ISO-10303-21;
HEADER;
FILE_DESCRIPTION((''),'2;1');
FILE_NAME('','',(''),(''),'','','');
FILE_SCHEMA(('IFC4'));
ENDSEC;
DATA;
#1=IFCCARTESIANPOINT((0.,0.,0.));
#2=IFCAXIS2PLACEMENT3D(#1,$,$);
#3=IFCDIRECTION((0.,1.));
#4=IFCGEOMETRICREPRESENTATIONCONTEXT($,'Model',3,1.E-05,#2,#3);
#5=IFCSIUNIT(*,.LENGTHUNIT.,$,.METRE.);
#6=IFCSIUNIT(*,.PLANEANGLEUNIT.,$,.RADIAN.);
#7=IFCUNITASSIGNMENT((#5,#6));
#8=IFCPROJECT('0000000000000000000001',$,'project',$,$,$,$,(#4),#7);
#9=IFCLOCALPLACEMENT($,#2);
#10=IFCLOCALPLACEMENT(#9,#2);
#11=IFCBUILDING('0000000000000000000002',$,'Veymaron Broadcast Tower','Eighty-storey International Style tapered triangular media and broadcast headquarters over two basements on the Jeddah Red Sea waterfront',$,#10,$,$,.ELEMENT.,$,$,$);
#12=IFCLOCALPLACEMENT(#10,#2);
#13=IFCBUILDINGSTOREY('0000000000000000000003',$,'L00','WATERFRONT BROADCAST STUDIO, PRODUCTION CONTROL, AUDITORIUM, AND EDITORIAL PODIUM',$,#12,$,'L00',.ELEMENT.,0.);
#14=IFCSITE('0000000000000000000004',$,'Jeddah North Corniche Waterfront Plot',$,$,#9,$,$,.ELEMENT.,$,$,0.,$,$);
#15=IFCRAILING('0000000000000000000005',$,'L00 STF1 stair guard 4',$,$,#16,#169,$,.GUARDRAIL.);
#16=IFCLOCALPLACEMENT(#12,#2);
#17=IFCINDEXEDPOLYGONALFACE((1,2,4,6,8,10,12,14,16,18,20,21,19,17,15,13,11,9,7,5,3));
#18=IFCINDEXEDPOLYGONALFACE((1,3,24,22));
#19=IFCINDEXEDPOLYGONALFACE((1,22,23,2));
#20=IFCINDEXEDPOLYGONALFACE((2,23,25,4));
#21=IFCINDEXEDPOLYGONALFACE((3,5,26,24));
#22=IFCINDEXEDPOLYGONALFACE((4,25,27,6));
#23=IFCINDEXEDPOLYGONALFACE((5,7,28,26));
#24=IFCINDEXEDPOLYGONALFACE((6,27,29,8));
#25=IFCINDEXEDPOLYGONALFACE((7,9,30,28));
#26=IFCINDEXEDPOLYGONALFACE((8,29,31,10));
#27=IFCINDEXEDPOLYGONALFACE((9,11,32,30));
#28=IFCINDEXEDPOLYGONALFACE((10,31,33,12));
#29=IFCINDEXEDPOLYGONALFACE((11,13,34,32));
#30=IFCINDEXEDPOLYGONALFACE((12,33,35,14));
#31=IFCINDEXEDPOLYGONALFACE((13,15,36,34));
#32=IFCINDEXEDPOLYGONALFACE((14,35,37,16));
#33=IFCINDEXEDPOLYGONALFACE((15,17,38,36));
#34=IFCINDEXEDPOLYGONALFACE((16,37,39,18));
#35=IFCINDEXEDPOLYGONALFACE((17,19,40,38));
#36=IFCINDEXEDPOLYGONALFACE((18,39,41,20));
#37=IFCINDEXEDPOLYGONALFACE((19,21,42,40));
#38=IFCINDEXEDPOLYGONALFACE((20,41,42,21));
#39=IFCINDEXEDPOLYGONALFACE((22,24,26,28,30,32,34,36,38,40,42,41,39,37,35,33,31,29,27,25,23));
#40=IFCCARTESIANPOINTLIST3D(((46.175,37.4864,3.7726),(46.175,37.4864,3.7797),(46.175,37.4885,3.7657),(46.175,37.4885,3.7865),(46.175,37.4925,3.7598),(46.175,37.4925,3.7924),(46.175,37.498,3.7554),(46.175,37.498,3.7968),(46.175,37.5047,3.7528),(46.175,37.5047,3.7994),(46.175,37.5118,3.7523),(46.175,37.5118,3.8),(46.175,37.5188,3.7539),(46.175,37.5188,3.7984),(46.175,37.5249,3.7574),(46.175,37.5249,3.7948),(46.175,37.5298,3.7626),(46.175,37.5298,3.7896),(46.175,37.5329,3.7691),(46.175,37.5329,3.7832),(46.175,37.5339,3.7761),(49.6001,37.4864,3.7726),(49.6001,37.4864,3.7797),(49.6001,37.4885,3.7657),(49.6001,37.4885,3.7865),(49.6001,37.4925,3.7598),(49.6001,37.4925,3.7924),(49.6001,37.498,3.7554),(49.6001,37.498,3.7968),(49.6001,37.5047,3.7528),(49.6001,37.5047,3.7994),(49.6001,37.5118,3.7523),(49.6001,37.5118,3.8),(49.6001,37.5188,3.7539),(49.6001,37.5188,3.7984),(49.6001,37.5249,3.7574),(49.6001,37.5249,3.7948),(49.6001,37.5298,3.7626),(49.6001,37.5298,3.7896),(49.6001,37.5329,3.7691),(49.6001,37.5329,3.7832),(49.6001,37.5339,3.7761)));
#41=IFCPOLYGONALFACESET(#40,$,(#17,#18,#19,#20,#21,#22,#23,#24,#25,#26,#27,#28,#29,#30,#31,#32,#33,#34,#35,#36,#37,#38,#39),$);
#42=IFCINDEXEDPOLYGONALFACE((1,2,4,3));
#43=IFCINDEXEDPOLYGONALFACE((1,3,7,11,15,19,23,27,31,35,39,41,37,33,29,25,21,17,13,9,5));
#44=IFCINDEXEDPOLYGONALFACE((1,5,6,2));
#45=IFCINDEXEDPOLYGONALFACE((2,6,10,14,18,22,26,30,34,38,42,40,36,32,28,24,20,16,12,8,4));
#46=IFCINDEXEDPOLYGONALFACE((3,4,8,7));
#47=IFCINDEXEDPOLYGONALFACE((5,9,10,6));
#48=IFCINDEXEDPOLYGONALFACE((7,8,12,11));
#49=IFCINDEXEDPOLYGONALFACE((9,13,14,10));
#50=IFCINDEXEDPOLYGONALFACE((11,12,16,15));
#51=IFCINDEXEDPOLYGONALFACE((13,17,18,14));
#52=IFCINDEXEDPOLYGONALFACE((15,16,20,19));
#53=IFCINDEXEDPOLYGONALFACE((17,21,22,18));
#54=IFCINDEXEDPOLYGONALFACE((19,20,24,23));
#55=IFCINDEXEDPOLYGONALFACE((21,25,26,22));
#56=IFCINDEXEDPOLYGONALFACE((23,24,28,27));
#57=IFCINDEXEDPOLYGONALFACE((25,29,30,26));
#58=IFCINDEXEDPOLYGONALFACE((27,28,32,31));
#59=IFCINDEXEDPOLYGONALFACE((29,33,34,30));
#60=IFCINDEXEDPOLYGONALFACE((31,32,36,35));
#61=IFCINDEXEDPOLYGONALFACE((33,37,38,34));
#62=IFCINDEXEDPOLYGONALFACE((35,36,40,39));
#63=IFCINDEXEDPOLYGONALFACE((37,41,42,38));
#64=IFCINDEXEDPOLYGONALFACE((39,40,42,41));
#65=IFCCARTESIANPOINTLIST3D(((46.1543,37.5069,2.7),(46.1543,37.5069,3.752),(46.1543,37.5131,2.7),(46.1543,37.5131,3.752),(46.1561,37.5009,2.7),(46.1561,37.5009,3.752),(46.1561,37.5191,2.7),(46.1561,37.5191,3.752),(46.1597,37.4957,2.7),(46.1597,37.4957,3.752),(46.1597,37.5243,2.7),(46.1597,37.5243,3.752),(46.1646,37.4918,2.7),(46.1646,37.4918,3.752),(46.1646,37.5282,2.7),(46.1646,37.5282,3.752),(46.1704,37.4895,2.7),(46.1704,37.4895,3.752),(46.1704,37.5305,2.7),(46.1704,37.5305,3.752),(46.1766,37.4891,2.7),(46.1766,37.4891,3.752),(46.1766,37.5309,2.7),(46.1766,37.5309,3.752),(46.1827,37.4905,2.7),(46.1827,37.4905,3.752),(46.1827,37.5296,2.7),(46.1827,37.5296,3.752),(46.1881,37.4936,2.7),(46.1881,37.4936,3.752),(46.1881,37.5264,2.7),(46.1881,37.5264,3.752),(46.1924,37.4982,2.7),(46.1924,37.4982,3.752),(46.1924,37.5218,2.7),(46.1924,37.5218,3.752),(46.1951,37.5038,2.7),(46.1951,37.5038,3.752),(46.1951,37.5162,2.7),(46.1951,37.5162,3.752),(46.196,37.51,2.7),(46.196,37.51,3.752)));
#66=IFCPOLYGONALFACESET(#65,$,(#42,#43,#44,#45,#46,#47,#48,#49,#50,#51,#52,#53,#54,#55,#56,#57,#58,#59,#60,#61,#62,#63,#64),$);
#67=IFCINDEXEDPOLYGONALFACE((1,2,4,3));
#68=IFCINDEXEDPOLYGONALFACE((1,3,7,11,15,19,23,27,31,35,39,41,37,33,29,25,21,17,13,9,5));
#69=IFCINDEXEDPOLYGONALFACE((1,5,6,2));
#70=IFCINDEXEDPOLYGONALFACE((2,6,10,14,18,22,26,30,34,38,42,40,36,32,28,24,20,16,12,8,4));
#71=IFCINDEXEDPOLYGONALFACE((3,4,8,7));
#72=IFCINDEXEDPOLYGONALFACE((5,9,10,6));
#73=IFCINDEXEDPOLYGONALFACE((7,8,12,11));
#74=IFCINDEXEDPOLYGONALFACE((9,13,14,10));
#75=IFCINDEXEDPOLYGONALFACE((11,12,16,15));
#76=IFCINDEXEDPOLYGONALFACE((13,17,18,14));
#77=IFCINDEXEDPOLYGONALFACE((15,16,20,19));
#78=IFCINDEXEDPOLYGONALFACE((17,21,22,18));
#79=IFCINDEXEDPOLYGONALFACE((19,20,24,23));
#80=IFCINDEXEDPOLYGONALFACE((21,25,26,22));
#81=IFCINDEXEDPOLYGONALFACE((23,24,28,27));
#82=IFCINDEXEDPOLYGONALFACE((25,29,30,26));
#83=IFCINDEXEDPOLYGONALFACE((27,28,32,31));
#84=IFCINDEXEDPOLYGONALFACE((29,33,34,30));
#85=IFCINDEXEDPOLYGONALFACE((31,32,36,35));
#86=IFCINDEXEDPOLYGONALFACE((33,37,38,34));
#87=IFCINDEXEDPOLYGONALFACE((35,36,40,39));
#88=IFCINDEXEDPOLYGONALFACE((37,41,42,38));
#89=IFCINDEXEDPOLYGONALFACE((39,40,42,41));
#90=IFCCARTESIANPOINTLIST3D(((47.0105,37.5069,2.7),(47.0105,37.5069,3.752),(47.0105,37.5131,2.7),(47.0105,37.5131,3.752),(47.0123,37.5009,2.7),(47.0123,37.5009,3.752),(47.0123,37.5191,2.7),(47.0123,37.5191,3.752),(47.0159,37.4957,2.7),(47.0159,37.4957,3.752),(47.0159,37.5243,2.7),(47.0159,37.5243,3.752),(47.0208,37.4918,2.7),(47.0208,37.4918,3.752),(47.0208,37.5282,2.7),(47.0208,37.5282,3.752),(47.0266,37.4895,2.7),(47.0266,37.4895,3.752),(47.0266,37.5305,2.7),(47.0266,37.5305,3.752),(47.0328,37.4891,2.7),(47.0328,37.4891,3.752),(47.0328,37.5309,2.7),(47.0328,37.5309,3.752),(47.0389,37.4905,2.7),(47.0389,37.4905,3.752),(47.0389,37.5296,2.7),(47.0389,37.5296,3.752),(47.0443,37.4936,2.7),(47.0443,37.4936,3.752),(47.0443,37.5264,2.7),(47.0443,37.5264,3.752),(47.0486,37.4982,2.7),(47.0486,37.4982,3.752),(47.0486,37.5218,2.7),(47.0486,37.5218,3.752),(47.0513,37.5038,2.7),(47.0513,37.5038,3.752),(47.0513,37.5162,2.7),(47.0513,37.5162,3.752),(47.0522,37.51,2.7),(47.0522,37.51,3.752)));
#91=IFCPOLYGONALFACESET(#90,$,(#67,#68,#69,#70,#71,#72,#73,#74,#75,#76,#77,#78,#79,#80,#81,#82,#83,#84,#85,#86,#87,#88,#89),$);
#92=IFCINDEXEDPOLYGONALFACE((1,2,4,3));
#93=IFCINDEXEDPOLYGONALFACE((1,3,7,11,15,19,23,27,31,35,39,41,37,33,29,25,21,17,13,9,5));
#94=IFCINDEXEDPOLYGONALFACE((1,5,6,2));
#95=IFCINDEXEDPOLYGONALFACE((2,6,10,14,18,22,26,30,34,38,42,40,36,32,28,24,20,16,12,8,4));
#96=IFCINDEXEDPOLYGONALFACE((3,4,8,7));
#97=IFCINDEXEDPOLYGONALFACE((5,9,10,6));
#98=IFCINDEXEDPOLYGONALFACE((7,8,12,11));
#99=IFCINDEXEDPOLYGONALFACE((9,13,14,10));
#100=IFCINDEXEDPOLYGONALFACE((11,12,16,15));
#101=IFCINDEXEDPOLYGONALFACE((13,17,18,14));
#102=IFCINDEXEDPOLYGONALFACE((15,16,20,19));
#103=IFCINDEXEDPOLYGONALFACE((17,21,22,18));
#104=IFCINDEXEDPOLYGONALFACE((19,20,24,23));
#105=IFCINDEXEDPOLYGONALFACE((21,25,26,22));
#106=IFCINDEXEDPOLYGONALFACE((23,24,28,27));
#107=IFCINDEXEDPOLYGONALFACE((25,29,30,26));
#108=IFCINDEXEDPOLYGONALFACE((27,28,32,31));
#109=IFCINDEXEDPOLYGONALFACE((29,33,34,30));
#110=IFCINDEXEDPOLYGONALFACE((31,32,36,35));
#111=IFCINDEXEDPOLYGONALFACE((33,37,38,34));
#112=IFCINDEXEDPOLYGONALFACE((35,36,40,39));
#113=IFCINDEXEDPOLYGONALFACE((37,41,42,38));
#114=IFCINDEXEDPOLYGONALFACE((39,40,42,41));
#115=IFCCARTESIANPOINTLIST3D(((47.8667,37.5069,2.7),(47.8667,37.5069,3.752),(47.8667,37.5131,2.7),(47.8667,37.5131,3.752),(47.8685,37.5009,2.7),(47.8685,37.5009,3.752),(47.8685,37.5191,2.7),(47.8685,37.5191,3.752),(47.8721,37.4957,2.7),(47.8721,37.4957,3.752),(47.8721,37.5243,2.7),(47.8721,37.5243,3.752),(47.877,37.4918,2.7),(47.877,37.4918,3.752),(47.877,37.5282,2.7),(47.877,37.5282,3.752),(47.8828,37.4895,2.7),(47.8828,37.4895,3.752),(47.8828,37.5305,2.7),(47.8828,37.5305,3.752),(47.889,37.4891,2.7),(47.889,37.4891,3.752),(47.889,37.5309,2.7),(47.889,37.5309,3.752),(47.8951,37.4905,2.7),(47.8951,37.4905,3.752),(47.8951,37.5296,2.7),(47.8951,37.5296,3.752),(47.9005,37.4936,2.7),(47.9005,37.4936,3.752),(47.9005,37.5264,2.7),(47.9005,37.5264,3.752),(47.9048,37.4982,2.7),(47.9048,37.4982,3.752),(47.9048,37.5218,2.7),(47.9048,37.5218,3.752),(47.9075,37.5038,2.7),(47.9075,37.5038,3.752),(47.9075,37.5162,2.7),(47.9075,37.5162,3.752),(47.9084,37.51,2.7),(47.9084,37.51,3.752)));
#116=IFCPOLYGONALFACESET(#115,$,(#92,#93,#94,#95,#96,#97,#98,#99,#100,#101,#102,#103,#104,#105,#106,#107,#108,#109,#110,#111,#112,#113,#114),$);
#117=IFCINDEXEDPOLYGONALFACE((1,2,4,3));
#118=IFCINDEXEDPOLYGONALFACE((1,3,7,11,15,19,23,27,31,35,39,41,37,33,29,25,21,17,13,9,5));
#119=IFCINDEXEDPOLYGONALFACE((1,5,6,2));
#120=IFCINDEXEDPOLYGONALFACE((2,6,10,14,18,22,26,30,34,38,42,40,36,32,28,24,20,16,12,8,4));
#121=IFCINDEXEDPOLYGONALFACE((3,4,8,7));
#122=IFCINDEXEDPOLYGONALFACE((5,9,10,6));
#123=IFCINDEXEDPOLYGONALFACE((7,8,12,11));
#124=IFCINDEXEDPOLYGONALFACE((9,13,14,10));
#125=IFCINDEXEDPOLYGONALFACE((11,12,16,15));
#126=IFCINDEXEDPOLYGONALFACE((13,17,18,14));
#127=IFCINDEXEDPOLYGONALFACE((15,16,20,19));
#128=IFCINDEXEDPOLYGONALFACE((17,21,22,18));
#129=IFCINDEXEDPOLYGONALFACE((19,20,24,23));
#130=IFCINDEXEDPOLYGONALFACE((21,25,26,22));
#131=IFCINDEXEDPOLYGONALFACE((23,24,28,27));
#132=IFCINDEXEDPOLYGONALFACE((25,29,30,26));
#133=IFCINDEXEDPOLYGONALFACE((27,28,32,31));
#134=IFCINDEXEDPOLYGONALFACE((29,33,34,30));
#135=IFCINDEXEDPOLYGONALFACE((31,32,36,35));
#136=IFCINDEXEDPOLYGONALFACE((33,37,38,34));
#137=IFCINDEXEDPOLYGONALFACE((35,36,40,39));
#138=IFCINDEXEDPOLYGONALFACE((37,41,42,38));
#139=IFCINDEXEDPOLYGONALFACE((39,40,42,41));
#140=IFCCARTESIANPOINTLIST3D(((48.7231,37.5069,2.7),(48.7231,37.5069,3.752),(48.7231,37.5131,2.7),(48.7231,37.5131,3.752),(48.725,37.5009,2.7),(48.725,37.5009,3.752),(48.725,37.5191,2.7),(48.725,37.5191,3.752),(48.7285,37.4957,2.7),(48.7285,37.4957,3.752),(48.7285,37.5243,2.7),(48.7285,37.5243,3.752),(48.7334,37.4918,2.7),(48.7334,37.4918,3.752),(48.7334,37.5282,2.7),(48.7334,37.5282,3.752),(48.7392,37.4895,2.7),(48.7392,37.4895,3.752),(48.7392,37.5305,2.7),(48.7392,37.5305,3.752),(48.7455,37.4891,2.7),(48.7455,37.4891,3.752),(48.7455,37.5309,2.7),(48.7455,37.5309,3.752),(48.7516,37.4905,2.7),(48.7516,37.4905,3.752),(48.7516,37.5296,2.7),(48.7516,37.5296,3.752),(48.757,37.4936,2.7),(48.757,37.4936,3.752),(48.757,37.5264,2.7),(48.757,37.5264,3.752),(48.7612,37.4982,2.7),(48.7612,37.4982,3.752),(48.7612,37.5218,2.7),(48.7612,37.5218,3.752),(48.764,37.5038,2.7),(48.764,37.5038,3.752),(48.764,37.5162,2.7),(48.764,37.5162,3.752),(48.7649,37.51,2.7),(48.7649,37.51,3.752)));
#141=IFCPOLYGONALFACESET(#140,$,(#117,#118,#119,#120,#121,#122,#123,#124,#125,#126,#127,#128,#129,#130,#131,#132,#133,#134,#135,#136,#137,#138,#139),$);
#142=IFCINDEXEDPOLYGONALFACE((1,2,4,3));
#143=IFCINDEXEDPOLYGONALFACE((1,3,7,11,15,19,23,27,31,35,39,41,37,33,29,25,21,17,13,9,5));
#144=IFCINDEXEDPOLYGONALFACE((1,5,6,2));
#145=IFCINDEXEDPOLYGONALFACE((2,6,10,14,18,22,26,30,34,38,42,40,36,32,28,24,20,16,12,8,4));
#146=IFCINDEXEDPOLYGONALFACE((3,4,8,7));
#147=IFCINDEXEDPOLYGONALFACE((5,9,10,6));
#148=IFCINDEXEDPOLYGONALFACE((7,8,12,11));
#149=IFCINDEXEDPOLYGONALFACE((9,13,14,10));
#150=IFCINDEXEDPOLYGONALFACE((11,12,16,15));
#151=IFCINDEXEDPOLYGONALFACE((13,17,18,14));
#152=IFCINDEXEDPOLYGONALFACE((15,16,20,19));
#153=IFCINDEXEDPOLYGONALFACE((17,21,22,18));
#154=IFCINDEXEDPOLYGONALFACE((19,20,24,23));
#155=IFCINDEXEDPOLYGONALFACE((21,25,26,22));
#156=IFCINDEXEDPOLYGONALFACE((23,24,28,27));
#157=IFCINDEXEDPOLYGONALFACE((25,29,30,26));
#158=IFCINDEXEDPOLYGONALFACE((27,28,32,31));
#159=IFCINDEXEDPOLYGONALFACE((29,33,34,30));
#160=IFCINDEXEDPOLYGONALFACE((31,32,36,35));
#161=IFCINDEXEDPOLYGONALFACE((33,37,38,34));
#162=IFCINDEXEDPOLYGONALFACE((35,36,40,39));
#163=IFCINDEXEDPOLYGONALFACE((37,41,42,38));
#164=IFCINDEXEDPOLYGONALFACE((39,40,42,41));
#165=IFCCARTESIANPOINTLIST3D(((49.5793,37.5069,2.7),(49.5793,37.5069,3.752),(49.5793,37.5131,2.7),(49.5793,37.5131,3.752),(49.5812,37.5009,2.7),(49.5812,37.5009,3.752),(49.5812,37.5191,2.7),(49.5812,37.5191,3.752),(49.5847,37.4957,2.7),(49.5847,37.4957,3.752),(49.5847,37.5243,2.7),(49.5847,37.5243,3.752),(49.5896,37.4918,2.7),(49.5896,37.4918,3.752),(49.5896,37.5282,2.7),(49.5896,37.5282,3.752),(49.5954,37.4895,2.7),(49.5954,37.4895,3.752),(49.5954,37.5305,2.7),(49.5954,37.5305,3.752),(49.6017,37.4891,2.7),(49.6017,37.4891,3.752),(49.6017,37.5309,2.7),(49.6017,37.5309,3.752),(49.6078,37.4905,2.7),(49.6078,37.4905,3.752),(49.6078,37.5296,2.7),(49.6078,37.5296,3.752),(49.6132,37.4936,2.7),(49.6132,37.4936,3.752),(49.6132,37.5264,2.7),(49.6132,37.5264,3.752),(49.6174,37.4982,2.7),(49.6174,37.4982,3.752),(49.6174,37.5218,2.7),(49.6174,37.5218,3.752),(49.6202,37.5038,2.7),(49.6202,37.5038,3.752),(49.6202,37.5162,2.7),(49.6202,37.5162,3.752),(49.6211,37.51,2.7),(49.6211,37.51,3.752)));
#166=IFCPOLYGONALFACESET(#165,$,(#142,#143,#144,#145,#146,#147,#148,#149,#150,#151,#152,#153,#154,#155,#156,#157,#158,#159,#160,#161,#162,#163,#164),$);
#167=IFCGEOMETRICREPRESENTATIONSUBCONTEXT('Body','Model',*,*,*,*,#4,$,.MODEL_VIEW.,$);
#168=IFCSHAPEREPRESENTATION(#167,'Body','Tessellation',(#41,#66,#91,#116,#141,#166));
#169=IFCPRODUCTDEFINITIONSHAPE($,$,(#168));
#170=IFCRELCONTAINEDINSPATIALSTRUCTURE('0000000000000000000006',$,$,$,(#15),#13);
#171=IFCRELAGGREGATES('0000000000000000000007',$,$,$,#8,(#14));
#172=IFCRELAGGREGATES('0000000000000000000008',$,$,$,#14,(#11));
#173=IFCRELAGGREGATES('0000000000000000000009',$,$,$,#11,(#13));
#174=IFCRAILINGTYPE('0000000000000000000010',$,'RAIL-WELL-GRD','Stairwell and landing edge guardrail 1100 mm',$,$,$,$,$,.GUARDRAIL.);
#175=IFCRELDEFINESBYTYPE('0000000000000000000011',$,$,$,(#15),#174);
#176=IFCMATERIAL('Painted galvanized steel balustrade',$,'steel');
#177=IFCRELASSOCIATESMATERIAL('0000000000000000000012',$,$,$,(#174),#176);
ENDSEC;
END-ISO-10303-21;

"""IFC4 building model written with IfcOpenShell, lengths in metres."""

from ifc_helpers import new_model, si_unit, direction, frame, origin, origin_2d, place, context, subcontext, project, spatial, circle, extrude, material, type_object, element, save


model = new_model("IFC4")

# Units and contexts
model_context = context("Model", 3, precision=1e-05, world=origin(), true_north=direction((0.0, 1.0)))
body_context = subcontext(model_context, "Body", "Model", "MODEL_VIEW")
ifc_project = project(units=[si_unit("LENGTHUNIT", "METRE"), si_unit("PLANEANGLEUNIT", "RADIAN")], contexts=[model_context])

# Site, building, storey
site_placement = place(None, origin())
site = spatial("IfcSite", under=ifc_project, at=site_placement, Name="Jeddah North Corniche Waterfront Plot", CompositionType="ELEMENT", RefElevation=0.0)
building_placement = place(site_placement, origin())
building = spatial("IfcBuilding", under=site, at=building_placement, Name="Veymaron Broadcast Tower", Description="Eighty-storey International Style tapered triangular media and broadcast headquarters over two basements on the Jeddah Red Sea waterfront", CompositionType="ELEMENT")
storey_placement = place(building_placement, origin())
storey = spatial("IfcBuildingStorey", under=building, at=storey_placement, Name="L00", Description="WATERFRONT BROADCAST STUDIO, PRODUCTION CONTROL, AUDITORIUM, AND EDITORIAL PODIUM", LongName="L00", CompositionType="ELEMENT", Elevation=0.0)

# Railing
ifc_material_1 = material(Name="Painted galvanized steel balustrade", Category="steel")
railing_type_1 = type_object("IfcRailingType", Name="RAIL-WELL-GRD", Description="Stairwell and landing edge guardrail 1100 mm", PredefinedType="GUARDRAIL", material=ifc_material_1)
railing_1_placement = place(storey_placement, frame((46.175, 37.51, 2.7)))
element("IfcRailing", 1, at=railing_1_placement, inside=storey, type_object=railing_type_1, Name="L00 STF1 stair guard 4", PredefinedType="GUARDRAIL", context=body_context, shape_type="SweptSolid", body=[
    extrude(circle(Radius=0.0239, at=origin_2d()), frame((0.0, 0.0, 1.0762), z_axis=(1.0, 0.0, 0.0), x_axis=(0.0, 1.0, 0.0)), (0.0, 0.0, 1.0), 3.425),
    extrude(circle(Radius=0.021, at=origin_2d()), origin(), (0.0, 0.0, 1.0), 1.052),
    extrude(circle(Radius=0.021, at=origin_2d()), frame((0.8562, 0.0, 0.0)), (0.0, 0.0, 1.0), 1.052),
    extrude(circle(Radius=0.021, at=origin_2d()), frame((1.7124, 0.0, 0.0)), (0.0, 0.0, 1.0), 1.052),
    extrude(circle(Radius=0.021, at=origin_2d()), frame((2.5688, 0.0, 0.0)), (0.0, 0.0, 1.0), 1.052),
    extrude(circle(Radius=0.021, at=origin_2d()), frame((3.425, 0.0, 0.0)), (0.0, 0.0, 1.0), 1.052),
])

save(model, "model.ifc")
